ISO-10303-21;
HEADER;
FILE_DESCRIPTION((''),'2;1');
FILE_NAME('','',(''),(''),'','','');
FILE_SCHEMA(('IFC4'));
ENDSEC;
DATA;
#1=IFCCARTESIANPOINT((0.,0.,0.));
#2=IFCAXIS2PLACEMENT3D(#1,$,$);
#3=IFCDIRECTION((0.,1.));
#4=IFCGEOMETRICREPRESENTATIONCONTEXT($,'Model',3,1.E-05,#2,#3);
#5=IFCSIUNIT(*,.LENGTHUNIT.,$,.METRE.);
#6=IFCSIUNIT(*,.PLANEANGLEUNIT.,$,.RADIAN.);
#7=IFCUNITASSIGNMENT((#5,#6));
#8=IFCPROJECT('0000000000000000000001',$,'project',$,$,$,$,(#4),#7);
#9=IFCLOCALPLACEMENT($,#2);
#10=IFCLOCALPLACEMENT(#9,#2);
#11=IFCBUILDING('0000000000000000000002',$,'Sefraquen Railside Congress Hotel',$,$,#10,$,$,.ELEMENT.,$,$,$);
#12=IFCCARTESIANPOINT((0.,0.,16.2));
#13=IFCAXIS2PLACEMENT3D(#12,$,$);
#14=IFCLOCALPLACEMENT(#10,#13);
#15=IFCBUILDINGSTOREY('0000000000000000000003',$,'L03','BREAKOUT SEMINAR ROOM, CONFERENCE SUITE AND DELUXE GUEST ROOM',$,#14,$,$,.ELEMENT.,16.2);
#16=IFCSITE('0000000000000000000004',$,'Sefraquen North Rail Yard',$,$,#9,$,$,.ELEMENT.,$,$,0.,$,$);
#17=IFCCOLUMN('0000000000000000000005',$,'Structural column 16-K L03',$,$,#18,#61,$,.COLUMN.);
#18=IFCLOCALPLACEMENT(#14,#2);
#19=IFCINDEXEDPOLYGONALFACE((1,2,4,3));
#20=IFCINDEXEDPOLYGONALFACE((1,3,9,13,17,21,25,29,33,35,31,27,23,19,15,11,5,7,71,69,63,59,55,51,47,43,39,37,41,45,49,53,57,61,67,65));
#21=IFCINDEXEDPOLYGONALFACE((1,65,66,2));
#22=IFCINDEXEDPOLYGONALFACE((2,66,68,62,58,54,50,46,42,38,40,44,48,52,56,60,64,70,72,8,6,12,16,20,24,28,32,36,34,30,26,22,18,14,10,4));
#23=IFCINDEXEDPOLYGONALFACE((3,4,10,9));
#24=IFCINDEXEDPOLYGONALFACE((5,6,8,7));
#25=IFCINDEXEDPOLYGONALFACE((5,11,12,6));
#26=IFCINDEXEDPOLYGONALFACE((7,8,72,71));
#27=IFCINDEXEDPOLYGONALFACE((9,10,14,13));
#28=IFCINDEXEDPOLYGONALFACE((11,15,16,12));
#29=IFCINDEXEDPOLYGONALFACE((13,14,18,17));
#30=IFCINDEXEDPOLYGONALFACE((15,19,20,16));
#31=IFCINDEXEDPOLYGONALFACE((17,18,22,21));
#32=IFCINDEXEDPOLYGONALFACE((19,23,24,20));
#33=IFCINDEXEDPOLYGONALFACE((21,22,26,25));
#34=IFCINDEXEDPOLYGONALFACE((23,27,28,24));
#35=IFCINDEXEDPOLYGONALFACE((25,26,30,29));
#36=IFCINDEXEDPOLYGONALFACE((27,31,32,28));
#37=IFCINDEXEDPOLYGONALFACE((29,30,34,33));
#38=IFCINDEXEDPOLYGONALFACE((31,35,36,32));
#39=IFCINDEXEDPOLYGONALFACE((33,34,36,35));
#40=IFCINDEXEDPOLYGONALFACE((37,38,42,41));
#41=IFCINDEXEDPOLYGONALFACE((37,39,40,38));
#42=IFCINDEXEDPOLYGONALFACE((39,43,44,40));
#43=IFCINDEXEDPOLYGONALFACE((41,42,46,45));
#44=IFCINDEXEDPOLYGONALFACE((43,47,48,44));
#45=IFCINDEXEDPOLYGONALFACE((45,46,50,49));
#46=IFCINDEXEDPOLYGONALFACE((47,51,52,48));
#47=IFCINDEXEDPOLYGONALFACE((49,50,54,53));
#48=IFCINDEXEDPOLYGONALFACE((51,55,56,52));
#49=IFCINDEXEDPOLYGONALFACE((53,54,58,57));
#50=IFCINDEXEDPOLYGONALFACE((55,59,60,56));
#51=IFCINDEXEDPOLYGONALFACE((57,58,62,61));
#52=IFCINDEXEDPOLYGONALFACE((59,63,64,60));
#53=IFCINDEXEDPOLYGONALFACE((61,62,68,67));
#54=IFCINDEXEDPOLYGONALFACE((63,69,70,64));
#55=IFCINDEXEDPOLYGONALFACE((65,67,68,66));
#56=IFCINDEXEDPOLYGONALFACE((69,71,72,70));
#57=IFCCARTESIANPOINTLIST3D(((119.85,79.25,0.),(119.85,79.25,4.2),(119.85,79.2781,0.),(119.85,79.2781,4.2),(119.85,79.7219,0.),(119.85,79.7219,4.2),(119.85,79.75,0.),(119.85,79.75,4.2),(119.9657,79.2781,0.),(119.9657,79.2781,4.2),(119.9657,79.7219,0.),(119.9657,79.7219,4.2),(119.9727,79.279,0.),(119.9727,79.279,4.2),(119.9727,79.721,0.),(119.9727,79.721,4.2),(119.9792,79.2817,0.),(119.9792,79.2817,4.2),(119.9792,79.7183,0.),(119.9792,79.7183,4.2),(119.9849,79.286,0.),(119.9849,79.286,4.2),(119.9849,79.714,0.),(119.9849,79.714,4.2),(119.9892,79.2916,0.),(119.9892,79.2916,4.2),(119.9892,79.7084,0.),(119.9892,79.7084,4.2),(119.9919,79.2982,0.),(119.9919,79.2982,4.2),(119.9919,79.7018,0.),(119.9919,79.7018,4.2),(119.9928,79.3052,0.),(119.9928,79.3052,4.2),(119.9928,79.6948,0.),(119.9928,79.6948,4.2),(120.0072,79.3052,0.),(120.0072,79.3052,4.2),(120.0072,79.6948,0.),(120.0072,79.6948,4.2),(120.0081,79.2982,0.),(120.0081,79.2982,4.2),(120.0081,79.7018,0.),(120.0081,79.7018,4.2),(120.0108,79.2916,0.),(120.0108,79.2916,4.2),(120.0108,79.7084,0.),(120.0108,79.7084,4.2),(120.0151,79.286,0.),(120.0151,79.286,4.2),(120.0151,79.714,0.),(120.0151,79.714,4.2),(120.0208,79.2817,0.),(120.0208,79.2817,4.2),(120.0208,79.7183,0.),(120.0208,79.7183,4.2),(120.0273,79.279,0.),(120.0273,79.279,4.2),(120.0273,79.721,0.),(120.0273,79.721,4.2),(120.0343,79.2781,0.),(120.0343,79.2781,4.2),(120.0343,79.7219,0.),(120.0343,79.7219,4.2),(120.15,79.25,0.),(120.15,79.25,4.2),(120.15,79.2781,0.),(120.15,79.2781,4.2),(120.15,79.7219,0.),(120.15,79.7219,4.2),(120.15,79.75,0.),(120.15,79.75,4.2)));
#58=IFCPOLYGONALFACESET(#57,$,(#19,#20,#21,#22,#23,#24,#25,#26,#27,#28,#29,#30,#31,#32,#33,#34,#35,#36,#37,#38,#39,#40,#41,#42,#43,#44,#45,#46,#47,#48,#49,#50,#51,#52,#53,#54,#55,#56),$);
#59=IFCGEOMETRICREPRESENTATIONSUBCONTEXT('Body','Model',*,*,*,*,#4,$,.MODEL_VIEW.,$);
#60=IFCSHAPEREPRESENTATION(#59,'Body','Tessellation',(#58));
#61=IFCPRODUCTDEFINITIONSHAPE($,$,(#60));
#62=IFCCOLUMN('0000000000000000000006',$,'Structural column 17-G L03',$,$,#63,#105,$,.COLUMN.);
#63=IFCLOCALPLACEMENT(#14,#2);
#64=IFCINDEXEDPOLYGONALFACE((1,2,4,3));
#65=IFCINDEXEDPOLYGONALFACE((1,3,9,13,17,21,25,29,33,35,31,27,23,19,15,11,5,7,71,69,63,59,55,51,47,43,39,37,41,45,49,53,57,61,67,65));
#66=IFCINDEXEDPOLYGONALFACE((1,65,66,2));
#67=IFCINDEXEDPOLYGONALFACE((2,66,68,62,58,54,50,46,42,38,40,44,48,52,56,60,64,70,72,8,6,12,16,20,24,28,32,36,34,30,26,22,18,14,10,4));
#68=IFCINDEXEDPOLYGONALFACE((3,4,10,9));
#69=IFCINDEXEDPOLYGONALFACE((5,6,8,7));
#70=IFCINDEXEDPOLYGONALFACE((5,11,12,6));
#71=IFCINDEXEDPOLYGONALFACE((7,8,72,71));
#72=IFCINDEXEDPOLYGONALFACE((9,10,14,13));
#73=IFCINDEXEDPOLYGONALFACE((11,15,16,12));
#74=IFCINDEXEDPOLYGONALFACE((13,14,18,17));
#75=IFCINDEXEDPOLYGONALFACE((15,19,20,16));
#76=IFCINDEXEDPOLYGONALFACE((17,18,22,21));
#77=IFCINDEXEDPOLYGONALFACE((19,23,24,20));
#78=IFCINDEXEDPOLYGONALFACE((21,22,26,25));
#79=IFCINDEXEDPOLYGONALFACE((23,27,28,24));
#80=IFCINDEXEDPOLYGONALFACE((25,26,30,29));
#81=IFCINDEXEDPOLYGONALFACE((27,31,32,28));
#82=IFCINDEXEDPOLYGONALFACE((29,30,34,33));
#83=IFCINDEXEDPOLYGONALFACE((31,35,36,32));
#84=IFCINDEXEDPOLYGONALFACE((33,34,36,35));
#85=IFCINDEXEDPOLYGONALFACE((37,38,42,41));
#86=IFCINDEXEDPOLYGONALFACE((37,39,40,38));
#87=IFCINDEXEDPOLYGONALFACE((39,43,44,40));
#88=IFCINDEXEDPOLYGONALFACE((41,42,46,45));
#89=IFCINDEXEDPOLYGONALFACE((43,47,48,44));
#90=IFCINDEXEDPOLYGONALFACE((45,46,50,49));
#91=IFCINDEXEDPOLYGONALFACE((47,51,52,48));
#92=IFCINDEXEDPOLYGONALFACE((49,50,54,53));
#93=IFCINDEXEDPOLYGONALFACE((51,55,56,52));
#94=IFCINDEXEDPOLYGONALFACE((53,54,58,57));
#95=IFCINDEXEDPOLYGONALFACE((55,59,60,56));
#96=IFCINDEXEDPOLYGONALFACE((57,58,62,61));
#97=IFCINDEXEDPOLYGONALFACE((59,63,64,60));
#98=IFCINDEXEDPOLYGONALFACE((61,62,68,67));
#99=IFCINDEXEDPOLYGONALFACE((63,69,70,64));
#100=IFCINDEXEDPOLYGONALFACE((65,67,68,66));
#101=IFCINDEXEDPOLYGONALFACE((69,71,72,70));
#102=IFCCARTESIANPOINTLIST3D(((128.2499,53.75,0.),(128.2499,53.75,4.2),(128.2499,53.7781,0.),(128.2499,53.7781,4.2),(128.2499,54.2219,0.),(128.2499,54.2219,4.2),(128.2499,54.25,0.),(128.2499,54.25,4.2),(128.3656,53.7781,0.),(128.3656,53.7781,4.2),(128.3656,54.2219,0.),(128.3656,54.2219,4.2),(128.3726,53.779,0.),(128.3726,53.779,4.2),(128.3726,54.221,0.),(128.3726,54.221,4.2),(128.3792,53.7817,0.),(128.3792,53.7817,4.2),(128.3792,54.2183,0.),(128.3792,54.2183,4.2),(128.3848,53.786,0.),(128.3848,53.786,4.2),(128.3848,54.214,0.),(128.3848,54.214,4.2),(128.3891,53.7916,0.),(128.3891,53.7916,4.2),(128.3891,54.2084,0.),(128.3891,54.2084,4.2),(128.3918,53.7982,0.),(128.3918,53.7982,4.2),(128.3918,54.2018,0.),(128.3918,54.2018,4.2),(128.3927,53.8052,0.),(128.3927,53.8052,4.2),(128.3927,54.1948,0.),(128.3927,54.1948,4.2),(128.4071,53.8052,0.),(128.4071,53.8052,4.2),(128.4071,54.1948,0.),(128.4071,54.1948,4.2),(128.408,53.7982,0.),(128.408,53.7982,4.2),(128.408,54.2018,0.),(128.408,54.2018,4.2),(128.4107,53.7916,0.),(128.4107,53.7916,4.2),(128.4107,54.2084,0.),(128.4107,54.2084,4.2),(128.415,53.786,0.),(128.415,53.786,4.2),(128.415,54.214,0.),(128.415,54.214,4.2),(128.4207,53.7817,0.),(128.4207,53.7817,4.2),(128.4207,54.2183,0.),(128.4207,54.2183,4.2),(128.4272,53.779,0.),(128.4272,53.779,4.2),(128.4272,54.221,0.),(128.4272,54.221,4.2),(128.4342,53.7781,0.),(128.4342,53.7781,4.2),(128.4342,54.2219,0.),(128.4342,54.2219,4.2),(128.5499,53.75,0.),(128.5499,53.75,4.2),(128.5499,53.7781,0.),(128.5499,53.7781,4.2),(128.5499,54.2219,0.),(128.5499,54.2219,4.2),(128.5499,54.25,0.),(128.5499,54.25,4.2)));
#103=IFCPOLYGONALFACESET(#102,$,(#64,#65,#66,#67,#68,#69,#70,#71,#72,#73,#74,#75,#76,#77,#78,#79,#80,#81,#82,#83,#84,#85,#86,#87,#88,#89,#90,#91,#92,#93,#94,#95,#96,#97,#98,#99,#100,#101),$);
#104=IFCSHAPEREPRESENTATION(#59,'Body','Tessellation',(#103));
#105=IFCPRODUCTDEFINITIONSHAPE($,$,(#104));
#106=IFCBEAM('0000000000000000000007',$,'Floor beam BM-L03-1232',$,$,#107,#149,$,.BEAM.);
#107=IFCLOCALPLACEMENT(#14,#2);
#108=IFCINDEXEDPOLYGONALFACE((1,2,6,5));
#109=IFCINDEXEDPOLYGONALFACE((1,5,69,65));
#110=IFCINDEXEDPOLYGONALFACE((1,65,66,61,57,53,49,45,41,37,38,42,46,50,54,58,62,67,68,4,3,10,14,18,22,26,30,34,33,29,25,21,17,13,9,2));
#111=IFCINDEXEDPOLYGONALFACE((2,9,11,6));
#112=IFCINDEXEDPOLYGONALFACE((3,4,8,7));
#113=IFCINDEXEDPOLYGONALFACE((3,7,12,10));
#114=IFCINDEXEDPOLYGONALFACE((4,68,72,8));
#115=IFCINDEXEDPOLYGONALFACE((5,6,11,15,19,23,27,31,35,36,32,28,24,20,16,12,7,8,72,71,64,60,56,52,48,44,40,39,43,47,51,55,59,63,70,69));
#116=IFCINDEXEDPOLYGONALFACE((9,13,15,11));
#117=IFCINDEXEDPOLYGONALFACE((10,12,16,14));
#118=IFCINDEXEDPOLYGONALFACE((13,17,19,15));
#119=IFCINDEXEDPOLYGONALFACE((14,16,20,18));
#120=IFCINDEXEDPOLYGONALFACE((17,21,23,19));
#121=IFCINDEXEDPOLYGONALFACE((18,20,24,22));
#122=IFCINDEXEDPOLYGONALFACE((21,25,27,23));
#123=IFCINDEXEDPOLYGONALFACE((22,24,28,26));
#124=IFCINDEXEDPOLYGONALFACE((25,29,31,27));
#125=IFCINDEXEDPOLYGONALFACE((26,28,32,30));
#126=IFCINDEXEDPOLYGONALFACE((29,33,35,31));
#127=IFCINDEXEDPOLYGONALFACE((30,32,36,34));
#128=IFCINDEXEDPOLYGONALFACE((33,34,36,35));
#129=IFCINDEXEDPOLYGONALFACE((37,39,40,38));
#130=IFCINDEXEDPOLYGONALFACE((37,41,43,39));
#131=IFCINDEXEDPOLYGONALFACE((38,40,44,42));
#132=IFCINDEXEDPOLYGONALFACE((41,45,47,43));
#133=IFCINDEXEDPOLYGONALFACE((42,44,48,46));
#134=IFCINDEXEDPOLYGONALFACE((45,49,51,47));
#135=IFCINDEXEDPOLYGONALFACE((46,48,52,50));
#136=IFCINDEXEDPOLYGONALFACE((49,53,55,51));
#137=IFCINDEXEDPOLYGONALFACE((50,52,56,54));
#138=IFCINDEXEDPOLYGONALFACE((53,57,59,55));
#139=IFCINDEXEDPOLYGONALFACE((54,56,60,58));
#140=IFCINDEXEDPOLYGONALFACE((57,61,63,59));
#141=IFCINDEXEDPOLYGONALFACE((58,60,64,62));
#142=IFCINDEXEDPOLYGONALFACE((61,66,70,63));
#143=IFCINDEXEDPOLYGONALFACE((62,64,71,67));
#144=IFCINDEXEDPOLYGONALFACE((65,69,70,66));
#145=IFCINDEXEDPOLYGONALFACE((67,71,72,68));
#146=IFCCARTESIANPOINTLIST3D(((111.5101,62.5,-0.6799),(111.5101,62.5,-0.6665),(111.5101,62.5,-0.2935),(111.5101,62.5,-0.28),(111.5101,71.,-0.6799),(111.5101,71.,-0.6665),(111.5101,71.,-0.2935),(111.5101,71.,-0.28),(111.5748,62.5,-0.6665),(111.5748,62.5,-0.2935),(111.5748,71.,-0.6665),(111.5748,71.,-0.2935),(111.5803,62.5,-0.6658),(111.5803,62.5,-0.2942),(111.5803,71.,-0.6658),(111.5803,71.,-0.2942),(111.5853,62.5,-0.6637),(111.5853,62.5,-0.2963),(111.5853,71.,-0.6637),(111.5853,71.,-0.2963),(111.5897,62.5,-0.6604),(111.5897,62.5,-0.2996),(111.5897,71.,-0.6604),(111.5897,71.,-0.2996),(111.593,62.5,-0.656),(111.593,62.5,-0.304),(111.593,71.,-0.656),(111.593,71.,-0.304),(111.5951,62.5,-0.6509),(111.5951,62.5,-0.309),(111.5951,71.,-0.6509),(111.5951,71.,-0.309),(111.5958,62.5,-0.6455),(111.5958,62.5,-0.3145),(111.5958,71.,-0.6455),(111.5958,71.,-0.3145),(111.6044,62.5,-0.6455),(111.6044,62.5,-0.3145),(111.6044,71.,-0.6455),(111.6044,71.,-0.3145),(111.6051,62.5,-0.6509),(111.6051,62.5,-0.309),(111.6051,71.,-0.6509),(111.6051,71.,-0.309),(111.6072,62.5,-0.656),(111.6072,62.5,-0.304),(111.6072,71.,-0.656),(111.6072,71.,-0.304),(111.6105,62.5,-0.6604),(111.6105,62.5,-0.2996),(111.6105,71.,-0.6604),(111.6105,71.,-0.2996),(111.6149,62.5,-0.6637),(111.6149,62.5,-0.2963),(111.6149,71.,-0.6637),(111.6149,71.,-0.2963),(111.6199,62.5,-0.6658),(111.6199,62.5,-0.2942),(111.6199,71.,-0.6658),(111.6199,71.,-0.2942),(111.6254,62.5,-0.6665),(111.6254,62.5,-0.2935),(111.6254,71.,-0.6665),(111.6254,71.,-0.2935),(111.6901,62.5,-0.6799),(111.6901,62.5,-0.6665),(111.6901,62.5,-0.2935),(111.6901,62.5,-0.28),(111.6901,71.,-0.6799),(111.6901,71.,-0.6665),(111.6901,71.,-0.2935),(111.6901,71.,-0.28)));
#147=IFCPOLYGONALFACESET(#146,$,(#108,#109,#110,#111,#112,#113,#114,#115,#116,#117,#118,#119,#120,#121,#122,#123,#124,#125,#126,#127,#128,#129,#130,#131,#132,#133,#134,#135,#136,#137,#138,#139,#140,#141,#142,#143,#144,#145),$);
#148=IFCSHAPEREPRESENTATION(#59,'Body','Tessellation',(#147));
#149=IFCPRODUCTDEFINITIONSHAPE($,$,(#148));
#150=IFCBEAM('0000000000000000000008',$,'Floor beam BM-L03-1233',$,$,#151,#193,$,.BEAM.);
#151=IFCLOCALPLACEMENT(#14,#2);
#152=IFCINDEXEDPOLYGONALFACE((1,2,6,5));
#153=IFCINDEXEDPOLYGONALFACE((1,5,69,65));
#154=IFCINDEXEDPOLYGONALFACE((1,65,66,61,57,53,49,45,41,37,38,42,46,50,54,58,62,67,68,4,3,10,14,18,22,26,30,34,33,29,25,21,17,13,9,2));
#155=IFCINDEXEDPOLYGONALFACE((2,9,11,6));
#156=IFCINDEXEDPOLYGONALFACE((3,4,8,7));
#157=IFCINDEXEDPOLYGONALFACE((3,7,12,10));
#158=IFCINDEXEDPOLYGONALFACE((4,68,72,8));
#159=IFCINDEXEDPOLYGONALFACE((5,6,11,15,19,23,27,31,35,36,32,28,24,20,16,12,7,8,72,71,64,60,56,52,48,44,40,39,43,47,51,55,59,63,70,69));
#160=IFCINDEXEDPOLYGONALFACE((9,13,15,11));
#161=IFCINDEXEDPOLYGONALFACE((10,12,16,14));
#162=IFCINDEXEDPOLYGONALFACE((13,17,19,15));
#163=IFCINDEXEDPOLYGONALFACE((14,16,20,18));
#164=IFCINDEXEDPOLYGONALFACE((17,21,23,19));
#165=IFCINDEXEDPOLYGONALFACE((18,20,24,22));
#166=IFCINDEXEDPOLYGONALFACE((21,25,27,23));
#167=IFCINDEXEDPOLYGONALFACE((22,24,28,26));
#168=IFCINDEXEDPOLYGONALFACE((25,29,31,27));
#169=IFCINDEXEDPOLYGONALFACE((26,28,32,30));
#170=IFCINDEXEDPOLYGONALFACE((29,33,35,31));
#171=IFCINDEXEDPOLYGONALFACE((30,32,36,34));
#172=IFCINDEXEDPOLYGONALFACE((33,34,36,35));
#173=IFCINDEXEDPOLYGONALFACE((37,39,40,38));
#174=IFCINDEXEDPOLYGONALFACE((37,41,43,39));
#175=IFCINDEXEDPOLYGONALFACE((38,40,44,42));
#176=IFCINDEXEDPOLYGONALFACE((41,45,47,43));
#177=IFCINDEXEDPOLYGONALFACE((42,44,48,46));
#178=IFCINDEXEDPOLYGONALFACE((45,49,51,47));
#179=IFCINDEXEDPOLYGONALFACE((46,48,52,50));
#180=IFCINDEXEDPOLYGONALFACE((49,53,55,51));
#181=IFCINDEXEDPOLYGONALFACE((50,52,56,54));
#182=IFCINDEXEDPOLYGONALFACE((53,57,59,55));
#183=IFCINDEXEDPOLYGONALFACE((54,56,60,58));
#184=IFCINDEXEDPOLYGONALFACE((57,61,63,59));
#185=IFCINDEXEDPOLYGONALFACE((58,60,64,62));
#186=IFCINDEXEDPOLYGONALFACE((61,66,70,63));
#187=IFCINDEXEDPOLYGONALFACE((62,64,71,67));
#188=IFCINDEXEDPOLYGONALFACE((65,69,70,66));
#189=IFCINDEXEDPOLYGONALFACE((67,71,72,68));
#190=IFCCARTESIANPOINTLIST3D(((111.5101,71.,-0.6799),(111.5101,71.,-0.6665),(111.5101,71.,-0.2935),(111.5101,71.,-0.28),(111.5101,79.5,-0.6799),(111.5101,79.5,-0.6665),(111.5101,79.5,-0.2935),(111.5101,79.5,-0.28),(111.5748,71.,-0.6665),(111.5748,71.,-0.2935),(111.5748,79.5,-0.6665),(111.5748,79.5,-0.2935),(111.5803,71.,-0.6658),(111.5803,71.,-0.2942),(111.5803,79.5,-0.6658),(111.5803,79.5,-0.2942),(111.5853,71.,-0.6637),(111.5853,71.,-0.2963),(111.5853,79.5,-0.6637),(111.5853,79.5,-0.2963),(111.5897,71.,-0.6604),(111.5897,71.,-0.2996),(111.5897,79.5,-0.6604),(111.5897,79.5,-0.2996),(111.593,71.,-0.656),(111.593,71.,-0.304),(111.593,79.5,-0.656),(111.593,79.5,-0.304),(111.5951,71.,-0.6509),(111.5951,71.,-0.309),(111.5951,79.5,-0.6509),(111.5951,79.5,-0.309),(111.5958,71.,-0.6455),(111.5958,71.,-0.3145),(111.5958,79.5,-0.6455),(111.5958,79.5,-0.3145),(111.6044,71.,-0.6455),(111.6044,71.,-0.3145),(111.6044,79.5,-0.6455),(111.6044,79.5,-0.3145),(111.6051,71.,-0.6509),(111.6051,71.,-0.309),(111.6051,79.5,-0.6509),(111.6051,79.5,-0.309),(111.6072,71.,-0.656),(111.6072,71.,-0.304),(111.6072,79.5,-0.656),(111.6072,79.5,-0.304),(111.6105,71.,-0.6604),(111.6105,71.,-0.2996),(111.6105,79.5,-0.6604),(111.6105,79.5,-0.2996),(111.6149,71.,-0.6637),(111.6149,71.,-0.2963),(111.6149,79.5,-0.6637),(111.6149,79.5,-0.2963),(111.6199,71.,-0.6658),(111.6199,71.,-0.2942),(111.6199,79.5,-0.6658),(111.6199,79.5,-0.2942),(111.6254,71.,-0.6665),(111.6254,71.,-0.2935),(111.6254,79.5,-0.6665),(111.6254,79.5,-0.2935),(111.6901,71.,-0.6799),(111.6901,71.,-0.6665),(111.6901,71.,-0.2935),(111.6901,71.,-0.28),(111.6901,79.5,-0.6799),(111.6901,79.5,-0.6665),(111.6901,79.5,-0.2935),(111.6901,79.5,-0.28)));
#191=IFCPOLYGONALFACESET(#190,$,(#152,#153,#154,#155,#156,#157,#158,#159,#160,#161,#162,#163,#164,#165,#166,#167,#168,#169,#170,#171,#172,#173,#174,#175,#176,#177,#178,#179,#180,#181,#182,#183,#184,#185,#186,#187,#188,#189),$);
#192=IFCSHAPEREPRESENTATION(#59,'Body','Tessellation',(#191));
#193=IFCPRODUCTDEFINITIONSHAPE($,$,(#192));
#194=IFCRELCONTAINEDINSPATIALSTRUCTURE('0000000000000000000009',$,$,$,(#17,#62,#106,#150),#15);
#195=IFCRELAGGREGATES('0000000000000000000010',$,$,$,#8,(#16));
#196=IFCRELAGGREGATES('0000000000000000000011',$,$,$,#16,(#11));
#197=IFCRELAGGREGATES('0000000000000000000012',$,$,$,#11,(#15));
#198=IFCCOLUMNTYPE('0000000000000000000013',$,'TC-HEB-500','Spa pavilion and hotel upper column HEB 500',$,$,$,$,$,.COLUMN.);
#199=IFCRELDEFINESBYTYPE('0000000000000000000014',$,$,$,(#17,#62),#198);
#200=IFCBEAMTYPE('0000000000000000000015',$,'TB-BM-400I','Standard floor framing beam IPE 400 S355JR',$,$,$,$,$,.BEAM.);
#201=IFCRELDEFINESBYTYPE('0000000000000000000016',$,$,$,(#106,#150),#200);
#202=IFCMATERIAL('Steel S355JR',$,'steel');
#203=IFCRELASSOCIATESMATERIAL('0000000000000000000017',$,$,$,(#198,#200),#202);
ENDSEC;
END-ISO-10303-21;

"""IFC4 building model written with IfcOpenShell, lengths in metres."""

from ifc_helpers import new_model, si_unit, direction, frame, origin, origin_2d, place, context, subcontext, project, spatial, i_section, extrude, material, material_profile, profile_set, type_object, element, save


model = new_model("IFC4")

# Units and contexts
model_context = context("Model", 3, precision=1e-05, world=origin(), true_north=direction((0.0, 1.0)))
body_context = subcontext(model_context, "Body", "Model", "MODEL_VIEW")
ifc_project = project(units=[si_unit("LENGTHUNIT", "METRE"), si_unit("PLANEANGLEUNIT", "RADIAN")], contexts=[model_context])

# Site, building, storey
site_placement = place(None, origin())
site = spatial("IfcSite", under=ifc_project, at=site_placement, Name="Sefraquen North Rail Yard", CompositionType="ELEMENT", RefElevation=0.0)
building_placement = place(site_placement, origin())
building = spatial("IfcBuilding", under=site, at=building_placement, Name="Sefraquen Railside Congress Hotel", CompositionType="ELEMENT")
storey_placement = place(building_placement, frame((0.0, 0.0, 16.2)))
storey = spatial("IfcBuildingStorey", under=building, at=storey_placement, Name="L03", Description="BREAKOUT SEMINAR ROOM, CONFERENCE SUITE AND DELUXE GUEST ROOM", CompositionType="ELEMENT", Elevation=16.2)

# Columns
ifc_material_1 = material(Name="Steel S355JR", Category="steel")
ifc_material_profile_1 = material_profile(ifc_material_1, i_section(OverallWidth=0.3, OverallDepth=0.5, WebThickness=0.0144, FlangeThickness=0.0281, FilletRadius=0.0271, at=origin_2d()), Name="HEB 500")
ifc_profile_set_1 = profile_set([ifc_material_profile_1], Name="Steel S355JR")
column_type = type_object("IfcColumnType", Name="TC-HEB-500", Description="Spa pavilion and hotel upper column HEB 500", PredefinedType="COLUMN", material=ifc_profile_set_1)
for number, where, z_axis, x_axis, name in (
    (1, (120.0, 79.5, 0.0), (0.0, 0.0, 1.0), (1.0, 0.0, 0.0), "Structural column 16-K L03"),
    (2, (128.3999, 54.0, 0.0), (0.0, 0.0, 1.0), (1.0, 0.0, 0.0), "Structural column 17-G L03"),
):
    element("IfcColumn", number, at=place(storey_placement, frame(where, z_axis=z_axis, x_axis=x_axis)), inside=storey, type_object=column_type, Name=name, PredefinedType="COLUMN", context=body_context, shape_type="SweptSolid", body=[
        extrude(i_section(OverallWidth=0.3, OverallDepth=0.5, WebThickness=0.0144, FlangeThickness=0.0281, FilletRadius=0.0271, at=origin_2d()), origin(), (0.0, 0.0, 1.0), 4.2),
    ])

# Beams
ifc_material_profile_2 = material_profile(ifc_material_1, i_section(OverallWidth=0.1799, OverallDepth=0.3999, WebThickness=0.0085, FlangeThickness=0.0134, FilletRadius=0.021, at=origin_2d()), Name="IPE 400")
ifc_profile_set_2 = profile_set([ifc_material_profile_2], Name="Steel S355JR")
beam_type_1 = type_object("IfcBeamType", Name="TB-BM-400I", Description="Standard floor framing beam IPE 400 S355JR", PredefinedType="BEAM", material=ifc_profile_set_2)
for number, where, z_axis, x_axis, name in (
    (3, (111.6001, 62.5, -0.48), (0.0, 1.0, 0.0), (-1.0, 0.0, 0.0), "Floor beam BM-L03-1232"),
    (4, (111.6001, 71.0, -0.48), (0.0, 1.0, 0.0), (-1.0, 0.0, 0.0), "Floor beam BM-L03-1233"),
):
    element("IfcBeam", number, at=place(storey_placement, frame(where, z_axis=z_axis, x_axis=x_axis)), inside=storey, type_object=beam_type_1, Name=name, PredefinedType="BEAM", context=body_context, shape_type="SweptSolid", body=[
        extrude(i_section(OverallWidth=0.1799, OverallDepth=0.3999, WebThickness=0.0085, FlangeThickness=0.0134, FilletRadius=0.021, at=origin_2d()), origin(), (0.0, 0.0, 1.0), 8.5),
    ])

save(model, "model.ifc")
